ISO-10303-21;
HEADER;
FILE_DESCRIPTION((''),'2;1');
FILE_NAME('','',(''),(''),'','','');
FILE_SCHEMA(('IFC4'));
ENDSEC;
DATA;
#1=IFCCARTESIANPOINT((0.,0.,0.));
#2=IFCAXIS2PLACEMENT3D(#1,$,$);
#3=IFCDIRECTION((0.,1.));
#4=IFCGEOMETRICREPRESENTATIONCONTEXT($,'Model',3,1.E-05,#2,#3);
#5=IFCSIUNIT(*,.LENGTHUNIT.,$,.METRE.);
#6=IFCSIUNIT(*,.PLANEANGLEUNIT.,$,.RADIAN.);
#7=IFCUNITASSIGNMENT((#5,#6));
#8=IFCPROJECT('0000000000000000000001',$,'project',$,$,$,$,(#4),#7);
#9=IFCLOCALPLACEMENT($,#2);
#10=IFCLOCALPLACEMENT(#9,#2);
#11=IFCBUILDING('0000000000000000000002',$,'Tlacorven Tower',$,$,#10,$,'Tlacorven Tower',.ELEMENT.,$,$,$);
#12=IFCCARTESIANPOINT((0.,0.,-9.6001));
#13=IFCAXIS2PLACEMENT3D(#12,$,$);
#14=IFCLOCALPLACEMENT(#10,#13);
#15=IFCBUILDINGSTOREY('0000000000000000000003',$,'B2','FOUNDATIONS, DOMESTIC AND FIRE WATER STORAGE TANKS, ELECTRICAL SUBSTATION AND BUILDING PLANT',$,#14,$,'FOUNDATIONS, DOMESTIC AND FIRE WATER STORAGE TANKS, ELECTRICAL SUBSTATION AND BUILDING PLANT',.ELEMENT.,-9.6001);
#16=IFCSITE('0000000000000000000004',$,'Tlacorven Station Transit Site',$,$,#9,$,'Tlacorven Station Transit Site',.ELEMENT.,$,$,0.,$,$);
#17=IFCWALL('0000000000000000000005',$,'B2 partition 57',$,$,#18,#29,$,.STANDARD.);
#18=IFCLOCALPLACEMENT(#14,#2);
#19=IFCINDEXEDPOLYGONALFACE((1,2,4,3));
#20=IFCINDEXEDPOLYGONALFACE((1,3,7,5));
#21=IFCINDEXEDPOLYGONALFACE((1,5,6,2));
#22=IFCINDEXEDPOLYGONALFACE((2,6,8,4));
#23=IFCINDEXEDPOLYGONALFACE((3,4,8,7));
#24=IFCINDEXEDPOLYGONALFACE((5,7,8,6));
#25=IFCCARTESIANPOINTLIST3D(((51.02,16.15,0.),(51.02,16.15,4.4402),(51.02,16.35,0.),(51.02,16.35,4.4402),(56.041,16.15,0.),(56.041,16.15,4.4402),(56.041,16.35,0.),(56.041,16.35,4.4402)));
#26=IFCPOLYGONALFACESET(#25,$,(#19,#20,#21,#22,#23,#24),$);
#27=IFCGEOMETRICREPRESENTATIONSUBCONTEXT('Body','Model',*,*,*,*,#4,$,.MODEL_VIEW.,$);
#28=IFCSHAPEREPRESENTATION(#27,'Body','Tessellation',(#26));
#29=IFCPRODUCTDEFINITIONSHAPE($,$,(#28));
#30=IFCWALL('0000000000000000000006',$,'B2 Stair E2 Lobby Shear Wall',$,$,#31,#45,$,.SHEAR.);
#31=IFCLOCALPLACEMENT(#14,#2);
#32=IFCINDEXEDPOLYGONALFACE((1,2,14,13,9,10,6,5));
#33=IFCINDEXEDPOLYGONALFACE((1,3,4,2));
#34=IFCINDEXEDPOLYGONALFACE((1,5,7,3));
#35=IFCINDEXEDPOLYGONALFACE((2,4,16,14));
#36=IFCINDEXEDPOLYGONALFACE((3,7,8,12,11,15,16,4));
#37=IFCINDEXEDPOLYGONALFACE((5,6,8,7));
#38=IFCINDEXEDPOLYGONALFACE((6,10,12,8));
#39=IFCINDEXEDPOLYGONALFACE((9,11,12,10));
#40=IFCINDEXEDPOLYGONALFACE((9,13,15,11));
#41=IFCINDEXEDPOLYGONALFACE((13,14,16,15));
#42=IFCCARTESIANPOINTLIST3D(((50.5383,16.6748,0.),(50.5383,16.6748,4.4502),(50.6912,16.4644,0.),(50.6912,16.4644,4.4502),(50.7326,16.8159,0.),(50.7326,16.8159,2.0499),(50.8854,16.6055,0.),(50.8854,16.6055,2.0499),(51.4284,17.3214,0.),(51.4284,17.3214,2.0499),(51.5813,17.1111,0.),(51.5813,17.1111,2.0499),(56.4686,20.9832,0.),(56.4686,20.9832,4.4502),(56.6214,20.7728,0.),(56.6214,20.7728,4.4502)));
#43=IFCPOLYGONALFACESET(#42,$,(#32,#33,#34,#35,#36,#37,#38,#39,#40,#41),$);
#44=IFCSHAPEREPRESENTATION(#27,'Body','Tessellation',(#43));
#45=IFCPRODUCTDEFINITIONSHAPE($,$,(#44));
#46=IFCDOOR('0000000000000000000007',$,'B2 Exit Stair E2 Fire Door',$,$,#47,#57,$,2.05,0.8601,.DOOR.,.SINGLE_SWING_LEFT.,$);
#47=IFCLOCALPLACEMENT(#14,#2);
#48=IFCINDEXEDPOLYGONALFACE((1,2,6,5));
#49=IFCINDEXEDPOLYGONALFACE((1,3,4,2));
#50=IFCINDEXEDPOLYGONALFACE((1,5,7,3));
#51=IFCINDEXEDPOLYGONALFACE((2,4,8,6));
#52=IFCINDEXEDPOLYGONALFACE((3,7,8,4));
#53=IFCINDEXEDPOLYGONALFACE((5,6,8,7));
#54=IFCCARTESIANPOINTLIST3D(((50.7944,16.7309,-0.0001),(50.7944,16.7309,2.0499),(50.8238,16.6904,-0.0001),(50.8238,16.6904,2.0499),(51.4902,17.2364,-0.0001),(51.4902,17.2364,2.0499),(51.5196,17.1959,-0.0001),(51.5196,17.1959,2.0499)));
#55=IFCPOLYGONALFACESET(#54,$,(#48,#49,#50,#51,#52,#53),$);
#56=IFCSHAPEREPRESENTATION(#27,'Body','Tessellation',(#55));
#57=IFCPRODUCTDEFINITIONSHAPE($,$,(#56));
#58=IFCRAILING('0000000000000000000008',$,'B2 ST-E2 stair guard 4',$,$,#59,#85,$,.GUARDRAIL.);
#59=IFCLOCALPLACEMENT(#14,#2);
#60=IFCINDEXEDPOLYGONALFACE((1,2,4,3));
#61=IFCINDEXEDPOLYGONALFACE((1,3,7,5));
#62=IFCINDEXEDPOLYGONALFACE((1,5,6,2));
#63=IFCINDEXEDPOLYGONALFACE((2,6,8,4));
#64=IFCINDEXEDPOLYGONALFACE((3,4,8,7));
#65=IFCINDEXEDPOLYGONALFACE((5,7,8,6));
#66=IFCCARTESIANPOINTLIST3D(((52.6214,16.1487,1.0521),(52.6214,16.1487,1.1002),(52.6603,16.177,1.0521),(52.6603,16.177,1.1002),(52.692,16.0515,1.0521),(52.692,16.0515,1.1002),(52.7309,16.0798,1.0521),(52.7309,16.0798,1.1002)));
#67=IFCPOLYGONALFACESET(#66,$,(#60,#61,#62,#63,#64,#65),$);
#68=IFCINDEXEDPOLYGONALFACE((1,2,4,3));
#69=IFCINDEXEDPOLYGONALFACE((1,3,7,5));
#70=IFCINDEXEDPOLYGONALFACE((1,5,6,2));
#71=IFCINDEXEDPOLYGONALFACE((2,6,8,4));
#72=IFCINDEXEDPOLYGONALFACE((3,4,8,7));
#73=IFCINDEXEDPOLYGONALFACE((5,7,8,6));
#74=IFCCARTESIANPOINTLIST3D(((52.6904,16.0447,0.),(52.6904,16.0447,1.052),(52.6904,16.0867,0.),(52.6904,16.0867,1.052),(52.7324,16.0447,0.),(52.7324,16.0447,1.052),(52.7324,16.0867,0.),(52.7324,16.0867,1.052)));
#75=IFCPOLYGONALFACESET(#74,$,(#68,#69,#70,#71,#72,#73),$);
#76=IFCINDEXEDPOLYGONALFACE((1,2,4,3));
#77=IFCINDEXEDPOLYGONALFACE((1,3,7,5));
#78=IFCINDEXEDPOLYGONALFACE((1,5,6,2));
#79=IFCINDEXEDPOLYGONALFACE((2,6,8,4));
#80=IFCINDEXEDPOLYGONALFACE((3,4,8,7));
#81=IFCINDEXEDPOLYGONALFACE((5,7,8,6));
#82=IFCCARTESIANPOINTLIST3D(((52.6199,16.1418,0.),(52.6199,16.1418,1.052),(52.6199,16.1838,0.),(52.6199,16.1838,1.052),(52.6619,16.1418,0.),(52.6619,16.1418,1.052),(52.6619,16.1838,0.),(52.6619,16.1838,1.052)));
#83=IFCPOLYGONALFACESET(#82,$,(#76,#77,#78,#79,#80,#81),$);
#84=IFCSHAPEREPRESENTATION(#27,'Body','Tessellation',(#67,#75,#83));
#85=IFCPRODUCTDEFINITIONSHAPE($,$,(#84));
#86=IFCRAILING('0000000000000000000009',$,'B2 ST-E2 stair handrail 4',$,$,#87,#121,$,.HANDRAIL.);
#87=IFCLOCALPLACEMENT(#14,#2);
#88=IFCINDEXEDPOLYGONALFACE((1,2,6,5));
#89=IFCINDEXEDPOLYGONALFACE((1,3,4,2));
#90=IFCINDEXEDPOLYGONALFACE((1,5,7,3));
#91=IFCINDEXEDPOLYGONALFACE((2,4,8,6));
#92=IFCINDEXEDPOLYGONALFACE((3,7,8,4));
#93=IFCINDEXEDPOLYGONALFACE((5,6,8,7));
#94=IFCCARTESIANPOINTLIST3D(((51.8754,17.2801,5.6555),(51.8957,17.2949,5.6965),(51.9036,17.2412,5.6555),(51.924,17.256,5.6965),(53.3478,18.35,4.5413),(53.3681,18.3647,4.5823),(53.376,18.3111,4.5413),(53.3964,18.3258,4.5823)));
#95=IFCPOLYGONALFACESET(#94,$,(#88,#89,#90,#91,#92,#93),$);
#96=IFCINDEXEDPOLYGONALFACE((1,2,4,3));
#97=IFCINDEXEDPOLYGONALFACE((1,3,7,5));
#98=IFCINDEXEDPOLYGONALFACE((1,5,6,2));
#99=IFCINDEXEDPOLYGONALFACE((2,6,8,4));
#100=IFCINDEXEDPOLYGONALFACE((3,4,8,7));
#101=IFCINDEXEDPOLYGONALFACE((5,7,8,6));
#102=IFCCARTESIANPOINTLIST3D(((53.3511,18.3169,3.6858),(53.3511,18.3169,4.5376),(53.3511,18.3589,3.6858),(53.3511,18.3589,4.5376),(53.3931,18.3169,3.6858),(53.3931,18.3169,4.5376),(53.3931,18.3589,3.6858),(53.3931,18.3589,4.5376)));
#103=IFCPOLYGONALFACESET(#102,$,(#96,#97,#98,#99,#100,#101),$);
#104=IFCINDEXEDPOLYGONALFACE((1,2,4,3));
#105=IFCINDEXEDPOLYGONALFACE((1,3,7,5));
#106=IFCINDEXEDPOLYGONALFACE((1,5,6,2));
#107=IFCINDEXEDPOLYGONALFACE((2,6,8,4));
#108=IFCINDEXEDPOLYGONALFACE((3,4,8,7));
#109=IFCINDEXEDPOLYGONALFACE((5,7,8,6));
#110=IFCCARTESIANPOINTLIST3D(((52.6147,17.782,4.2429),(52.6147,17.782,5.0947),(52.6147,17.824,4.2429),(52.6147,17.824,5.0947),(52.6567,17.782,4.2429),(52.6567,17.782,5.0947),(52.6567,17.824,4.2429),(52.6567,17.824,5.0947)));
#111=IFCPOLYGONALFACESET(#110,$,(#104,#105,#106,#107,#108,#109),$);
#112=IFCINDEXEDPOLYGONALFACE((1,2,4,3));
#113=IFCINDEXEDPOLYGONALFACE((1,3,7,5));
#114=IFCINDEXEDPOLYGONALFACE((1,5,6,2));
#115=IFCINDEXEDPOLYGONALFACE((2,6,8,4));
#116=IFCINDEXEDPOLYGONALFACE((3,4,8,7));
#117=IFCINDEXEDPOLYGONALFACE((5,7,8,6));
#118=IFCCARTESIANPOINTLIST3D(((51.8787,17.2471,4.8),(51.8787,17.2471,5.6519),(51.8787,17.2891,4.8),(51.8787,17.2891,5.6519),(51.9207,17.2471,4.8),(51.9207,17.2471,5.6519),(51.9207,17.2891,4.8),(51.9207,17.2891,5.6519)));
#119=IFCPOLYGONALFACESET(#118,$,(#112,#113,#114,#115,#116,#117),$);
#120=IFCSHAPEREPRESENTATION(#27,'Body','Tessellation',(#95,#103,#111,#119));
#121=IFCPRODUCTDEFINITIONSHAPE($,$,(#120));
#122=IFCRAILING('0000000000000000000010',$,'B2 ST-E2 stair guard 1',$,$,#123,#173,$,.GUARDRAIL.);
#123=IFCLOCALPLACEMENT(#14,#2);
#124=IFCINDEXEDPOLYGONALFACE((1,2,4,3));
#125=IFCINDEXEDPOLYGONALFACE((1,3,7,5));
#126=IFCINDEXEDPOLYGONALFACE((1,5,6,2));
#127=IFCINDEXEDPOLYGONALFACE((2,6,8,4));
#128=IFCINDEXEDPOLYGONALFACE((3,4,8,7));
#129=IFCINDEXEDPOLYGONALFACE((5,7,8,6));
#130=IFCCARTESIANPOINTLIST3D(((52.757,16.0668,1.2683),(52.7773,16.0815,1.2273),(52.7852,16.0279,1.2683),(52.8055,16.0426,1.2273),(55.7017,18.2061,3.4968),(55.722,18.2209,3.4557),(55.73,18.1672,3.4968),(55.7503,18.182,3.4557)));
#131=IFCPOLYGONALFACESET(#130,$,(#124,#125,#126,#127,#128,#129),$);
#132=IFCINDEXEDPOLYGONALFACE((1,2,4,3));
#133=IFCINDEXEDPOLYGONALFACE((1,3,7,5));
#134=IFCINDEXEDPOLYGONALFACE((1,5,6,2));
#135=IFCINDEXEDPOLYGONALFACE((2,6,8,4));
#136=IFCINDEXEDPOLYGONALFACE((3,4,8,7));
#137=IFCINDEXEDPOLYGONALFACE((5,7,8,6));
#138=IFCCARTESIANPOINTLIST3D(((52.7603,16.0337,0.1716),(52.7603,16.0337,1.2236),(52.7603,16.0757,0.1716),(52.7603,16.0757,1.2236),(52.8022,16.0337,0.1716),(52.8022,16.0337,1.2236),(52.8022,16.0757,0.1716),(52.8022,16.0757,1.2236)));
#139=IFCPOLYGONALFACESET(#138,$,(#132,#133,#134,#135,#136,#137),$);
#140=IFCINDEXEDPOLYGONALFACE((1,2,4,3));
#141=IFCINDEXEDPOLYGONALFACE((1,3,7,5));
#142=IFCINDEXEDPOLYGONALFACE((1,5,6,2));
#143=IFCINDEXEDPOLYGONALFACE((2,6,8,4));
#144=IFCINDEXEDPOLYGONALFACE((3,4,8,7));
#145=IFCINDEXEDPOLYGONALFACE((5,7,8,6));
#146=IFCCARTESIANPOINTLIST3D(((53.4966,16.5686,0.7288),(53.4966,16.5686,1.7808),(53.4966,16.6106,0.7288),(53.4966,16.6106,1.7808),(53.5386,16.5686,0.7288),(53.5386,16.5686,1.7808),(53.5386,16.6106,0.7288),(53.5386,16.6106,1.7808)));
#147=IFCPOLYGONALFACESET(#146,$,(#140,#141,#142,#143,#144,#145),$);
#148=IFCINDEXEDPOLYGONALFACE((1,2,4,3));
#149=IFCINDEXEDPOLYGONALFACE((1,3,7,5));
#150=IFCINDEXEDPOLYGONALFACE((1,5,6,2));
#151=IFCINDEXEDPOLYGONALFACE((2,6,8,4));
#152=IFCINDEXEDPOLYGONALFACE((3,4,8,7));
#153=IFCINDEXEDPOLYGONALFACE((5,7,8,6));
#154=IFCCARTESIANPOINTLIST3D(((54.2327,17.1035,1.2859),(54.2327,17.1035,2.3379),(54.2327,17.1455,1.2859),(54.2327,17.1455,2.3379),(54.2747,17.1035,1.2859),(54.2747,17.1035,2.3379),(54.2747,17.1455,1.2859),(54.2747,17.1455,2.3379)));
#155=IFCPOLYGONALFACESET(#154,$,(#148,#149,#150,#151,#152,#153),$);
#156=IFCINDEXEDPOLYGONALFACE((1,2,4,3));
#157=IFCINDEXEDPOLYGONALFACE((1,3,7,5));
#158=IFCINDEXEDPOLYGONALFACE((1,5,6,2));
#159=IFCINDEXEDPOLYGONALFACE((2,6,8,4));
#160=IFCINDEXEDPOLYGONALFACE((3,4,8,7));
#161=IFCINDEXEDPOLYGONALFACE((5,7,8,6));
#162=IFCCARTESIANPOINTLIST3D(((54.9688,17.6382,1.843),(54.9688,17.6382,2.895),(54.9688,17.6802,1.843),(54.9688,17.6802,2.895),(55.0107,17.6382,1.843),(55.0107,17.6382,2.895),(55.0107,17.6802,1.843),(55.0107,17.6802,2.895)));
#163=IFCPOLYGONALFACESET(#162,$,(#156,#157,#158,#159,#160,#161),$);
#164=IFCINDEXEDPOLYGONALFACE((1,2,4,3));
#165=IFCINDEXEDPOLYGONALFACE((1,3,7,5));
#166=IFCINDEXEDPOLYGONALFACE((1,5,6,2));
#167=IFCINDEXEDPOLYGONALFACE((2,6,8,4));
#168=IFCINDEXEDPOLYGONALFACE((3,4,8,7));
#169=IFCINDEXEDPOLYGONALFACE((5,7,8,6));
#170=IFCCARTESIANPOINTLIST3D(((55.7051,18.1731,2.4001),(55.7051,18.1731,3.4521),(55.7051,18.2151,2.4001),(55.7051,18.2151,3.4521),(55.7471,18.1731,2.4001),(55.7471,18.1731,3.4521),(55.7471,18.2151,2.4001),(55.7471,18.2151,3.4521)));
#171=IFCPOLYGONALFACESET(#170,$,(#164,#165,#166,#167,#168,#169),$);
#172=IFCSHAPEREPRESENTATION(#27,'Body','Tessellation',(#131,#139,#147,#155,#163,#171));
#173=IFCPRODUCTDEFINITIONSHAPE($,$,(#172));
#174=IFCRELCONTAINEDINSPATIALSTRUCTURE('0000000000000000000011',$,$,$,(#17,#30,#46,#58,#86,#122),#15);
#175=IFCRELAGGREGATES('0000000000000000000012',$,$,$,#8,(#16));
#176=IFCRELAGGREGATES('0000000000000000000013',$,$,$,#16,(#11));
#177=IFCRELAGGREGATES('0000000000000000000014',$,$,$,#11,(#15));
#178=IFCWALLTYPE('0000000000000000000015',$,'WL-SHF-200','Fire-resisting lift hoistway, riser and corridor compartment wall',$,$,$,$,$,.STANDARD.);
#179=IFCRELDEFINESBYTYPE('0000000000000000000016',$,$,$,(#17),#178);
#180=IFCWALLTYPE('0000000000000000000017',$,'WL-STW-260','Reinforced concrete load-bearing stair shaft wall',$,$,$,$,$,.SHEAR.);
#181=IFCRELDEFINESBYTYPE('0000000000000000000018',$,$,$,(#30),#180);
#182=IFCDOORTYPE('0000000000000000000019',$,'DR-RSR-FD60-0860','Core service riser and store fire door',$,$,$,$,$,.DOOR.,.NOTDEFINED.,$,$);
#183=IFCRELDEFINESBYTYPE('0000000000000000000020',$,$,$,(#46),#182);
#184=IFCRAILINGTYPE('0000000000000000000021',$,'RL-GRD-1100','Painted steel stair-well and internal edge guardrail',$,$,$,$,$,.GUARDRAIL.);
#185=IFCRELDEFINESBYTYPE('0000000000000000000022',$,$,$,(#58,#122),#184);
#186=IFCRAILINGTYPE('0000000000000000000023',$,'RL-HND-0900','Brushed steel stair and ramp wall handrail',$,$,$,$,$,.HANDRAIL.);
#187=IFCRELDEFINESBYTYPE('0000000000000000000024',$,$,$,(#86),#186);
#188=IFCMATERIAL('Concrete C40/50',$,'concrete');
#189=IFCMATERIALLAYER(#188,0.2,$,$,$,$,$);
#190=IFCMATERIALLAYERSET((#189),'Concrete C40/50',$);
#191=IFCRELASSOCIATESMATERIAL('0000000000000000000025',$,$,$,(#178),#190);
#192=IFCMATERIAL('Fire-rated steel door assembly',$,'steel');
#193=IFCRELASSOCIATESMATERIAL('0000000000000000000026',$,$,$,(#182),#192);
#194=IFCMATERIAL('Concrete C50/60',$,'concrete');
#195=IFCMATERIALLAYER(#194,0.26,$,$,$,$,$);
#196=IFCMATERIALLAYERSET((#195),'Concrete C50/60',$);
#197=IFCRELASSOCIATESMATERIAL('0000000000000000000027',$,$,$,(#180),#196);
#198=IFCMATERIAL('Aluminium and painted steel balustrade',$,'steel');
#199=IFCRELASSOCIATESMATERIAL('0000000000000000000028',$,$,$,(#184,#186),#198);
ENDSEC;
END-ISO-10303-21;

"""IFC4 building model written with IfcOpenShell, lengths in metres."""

from ifc_helpers import new_model, si_unit, direction, frame, frame_2d, origin, origin_2d, place, context, subcontext, project, spatial, rectangle, extrude, source, transform, mapped, material, layer, layer_set, type_object, element, fill, save


model = new_model("IFC4")

# Units and contexts
model_context = context("Model", 3, precision=1e-05, world=origin(), true_north=direction((0.0, 1.0)))
body_context = subcontext(model_context, "Body", "Model", "MODEL_VIEW")
ifc_project = project(units=[si_unit("LENGTHUNIT", "METRE"), si_unit("PLANEANGLEUNIT", "RADIAN")], contexts=[model_context])

# Site, building, storey
site_placement = place(None, origin())
site = spatial("IfcSite", under=ifc_project, at=site_placement, Name="Tlacorven Station Transit Site", LongName="Tlacorven Station Transit Site", CompositionType="ELEMENT", RefElevation=0.0)
building_placement = place(site_placement, origin())
building = spatial("IfcBuilding", under=site, at=building_placement, Name="Tlacorven Tower", LongName="Tlacorven Tower", CompositionType="ELEMENT")
storey_placement = place(building_placement, frame((0.0, 0.0, -9.6001)))
storey = spatial("IfcBuildingStorey", under=building, at=storey_placement, Name="B2", Description="FOUNDATIONS, DOMESTIC AND FIRE WATER STORAGE TANKS, ELECTRICAL SUBSTATION AND BUILDING PLANT", LongName="FOUNDATIONS, DOMESTIC AND FIRE WATER STORAGE TANKS, ELECTRICAL SUBSTATION AND BUILDING PLANT", CompositionType="ELEMENT", Elevation=-9.6001)

# Shared definitions
ifc_material_1 = material(Name="Concrete C50/60", Category="concrete")

# Shared definitions
ifc_material_2 = material(Name="Concrete C40/50", Category="concrete")
ifc_layer_1 = layer(ifc_material_2, 0.2)
ifc_layer_set_1 = layer_set([ifc_layer_1], Name="Concrete C40/50")
wall_type_1 = type_object("IfcWallType", Name="WL-SHF-200", Description="Fire-resisting lift hoistway, riser and corridor compartment wall", PredefinedType="STANDARD", material=ifc_layer_set_1)
ifc_material_3 = material(Name="Fire-rated steel door assembly", Category="steel")

# Shared definitions
door_type_1 = type_object("IfcDoorType", Name="DR-RSR-FD60-0860", Description="Core service riser and store fire door", OperationType="NOTDEFINED", PredefinedType="DOOR", material=ifc_material_3)
shared_shape_1 = source(origin(), body_context, "Body", "SweptSolid", [
    extrude(rectangle(XDim=0.8601, YDim=2.05, at=frame_2d((0.4302, 1.0249))), frame((0.0, 0.0249, 0.0), z_axis=(0.0, -1.0, 0.0), x_axis=(1.0, 0.0, 0.0)), (0.0, 0.0, 1.0), 0.05),
])

# Wall
wall_1_placement = place(storey_placement, frame((51.02, 16.25, 0.0), z_axis=(0.0, 0.0, 1.0), x_axis=(1.0, 0.0, 0.0)))
element("IfcWall", 1, at=wall_1_placement, inside=storey, type_object=wall_type_1, Name="B2 partition 57", PredefinedType="STANDARD", context=body_context, shape_type="SweptSolid", body=[
    extrude(rectangle(XDim=5.021, YDim=0.2, at=frame_2d((2.5105, 0.0))), origin(), (0.0, 0.0, 1.0), 4.4402),
])

# Wall, opening, door
ifc_layer_2 = layer(ifc_material_1, 0.26)
ifc_layer_set_2 = layer_set([ifc_layer_2], Name="Concrete C50/60")
wall_type_2 = type_object("IfcWallType", Name="WL-STW-260", Description="Reinforced concrete load-bearing stair shaft wall", PredefinedType="SHEAR", material=ifc_layer_set_2)
wall_2_placement = place(storey_placement, frame((50.6147, 16.5696, 0.0), z_axis=(0.0, 0.0, 1.0), x_axis=(0.809028, 0.58777, 0.0)))
wall_2 = element("IfcWall", 2, at=wall_2_placement, inside=storey, type_object=wall_type_2, Name="B2 Stair E2 Lobby Shear Wall", PredefinedType="SHEAR", context=body_context, shape_type="SweptSolid", body=[
    extrude(rectangle(XDim=7.3301, YDim=0.26, at=frame_2d((3.665, 0.0))), origin(), (0.0, 0.0, 1.0), 4.4502),
])
opening_1_placement = place(wall_2_placement, frame((0.24, 0.0, 0.0)))
opening_1 = element("IfcOpeningElement", 3, at=opening_1_placement, cuts=wall_2, PredefinedType="OPENING", context=body_context, shape_type="SweptSolid", body=[
    extrude(rectangle(XDim=0.8601, YDim=2.05, at=frame_2d((0.4302, 1.0249))), frame((0.0, 0.1401, 0.0), z_axis=(0.0, -1.0, 0.0), x_axis=(1.0, 0.0, 0.0)), (0.0, 0.0, 1.0), 0.28),
])
door_1_placement = place(opening_1_placement, origin())
door_1 = element("IfcDoor", 4, at=door_1_placement, inside=storey, type_object=door_type_1, Name="B2 Exit Stair E2 Fire Door", OperationType="SINGLE_SWING_LEFT", OverallHeight=2.05, OverallWidth=0.8601, PredefinedType="DOOR", context=body_context, shape_type="MappedRepresentation", body=[
    mapped(shared_shape_1, transform((0.0, 0.0, 0.0), scale=1.0)),
])
fill(opening_1, door_1)

# Railings
ifc_material_4 = material(Name="Aluminium and painted steel balustrade", Category="steel")
railing_type_1 = type_object("IfcRailingType", Name="RL-GRD-1100", Description="Painted steel stair-well and internal edge guardrail", PredefinedType="GUARDRAIL", material=ifc_material_4)
shared_shape_2 = source(origin(), body_context, "Body", "SweptSolid", [
    extrude(rectangle(XDim=0.0481, YDim=0.0481, at=origin_2d()), frame((0.0, 0.0, 1.0762), z_axis=(-0.587567, 0.809175, 0.0), x_axis=(-0.809175, -0.587567, 0.0)), (0.0, 0.0, 1.0), 0.1201),
    extrude(rectangle(XDim=0.042, YDim=0.042, at=origin_2d()), origin(), (0.0, 0.0, 1.0), 1.052),
    extrude(rectangle(XDim=0.042, YDim=0.042, at=origin_2d()), frame((-0.0706, 0.0972, 0.0)), (0.0, 0.0, 1.0), 1.052),
])
railing_1_placement = place(storey_placement, frame((52.7114, 16.0657, 0.0)))
element("IfcRailing", 5, at=railing_1_placement, inside=storey, type_object=railing_type_1, Name="B2 ST-E2 stair guard 4", PredefinedType="GUARDRAIL", context=body_context, shape_type="MappedRepresentation", body=[
    mapped(shared_shape_2, transform((0.0, 0.0, 0.0), scale=1.0)),
])
railing_type_2 = type_object("IfcRailingType", Name="RL-HND-0900", Description="Brushed steel stair and ramp wall handrail", PredefinedType="HANDRAIL", material=ifc_material_4)
shared_shape_3 = source(origin(), body_context, "Body", "SweptSolid", [
    extrude(rectangle(XDim=0.0481, YDim=0.0481, at=origin_2d()), frame((0.0, 0.0, 0.876), z_axis=(-0.689967, -0.501316, 0.522137), x_axis=(0.587805, -0.809003, 0.0)), (0.0, 0.0, 1.0), 2.134),
    extrude(rectangle(XDim=0.042, YDim=0.042, at=origin_2d()), origin(), (0.0, 0.0, 1.0), 0.8518),
    extrude(rectangle(XDim=0.042, YDim=0.042, at=origin_2d()), frame((-0.7363, -0.5349, 0.5571)), (0.0, 0.0, 1.0), 0.8518),
    extrude(rectangle(XDim=0.042, YDim=0.042, at=origin_2d()), frame((-1.4724, -1.0698, 1.1143)), (0.0, 0.0, 1.0), 0.8518),
])
railing_2_placement = place(storey_placement, frame((53.3721, 18.3379, 3.6858)))
element("IfcRailing", 6, at=railing_2_placement, inside=storey, type_object=railing_type_2, Name="B2 ST-E2 stair handrail 4", PredefinedType="HANDRAIL", context=body_context, shape_type="MappedRepresentation", body=[
    mapped(shared_shape_3, transform((0.0, 0.0, 0.0), scale=1.0)),
])
shared_shape_4 = source(origin(), body_context, "Body", "SweptSolid", [
    extrude(rectangle(XDim=0.0481, YDim=0.0481, at=origin_2d()), frame((0.0, 0.0, 1.0762), z_axis=(0.689987, 0.501273, 0.522152), x_axis=(-0.587761, 0.809035, 0.0)), (0.0, 0.0, 1.0), 4.2678),
    extrude(rectangle(XDim=0.042, YDim=0.042, at=origin_2d()), origin(), (0.0, 0.0, 1.0), 1.052),
    extrude(rectangle(XDim=0.042, YDim=0.042, at=origin_2d()), frame((0.7363, 0.5349, 0.5571)), (0.0, 0.0, 1.0), 1.052),
    extrude(rectangle(XDim=0.042, YDim=0.042, at=origin_2d()), frame((1.4724, 1.0698, 1.1143)), (0.0, 0.0, 1.0), 1.052),
    extrude(rectangle(XDim=0.042, YDim=0.042, at=origin_2d()), frame((2.2085, 1.6045, 1.6714)), (0.0, 0.0, 1.0), 1.052),
    extrude(rectangle(XDim=0.042, YDim=0.042, at=origin_2d()), frame((2.9448, 2.1394, 2.2285)), (0.0, 0.0, 1.0), 1.052),
])
railing_3_placement = place(storey_placement, frame((52.7812, 16.0547, 0.1716)))
element("IfcRailing", 7, at=railing_3_placement, inside=storey, type_object=railing_type_1, Name="B2 ST-E2 stair guard 1", PredefinedType="GUARDRAIL", context=body_context, shape_type="MappedRepresentation", body=[
    mapped(shared_shape_4, transform((0.0, 0.0, 0.0), scale=1.0)),
])

save(model, "model.ifc")
